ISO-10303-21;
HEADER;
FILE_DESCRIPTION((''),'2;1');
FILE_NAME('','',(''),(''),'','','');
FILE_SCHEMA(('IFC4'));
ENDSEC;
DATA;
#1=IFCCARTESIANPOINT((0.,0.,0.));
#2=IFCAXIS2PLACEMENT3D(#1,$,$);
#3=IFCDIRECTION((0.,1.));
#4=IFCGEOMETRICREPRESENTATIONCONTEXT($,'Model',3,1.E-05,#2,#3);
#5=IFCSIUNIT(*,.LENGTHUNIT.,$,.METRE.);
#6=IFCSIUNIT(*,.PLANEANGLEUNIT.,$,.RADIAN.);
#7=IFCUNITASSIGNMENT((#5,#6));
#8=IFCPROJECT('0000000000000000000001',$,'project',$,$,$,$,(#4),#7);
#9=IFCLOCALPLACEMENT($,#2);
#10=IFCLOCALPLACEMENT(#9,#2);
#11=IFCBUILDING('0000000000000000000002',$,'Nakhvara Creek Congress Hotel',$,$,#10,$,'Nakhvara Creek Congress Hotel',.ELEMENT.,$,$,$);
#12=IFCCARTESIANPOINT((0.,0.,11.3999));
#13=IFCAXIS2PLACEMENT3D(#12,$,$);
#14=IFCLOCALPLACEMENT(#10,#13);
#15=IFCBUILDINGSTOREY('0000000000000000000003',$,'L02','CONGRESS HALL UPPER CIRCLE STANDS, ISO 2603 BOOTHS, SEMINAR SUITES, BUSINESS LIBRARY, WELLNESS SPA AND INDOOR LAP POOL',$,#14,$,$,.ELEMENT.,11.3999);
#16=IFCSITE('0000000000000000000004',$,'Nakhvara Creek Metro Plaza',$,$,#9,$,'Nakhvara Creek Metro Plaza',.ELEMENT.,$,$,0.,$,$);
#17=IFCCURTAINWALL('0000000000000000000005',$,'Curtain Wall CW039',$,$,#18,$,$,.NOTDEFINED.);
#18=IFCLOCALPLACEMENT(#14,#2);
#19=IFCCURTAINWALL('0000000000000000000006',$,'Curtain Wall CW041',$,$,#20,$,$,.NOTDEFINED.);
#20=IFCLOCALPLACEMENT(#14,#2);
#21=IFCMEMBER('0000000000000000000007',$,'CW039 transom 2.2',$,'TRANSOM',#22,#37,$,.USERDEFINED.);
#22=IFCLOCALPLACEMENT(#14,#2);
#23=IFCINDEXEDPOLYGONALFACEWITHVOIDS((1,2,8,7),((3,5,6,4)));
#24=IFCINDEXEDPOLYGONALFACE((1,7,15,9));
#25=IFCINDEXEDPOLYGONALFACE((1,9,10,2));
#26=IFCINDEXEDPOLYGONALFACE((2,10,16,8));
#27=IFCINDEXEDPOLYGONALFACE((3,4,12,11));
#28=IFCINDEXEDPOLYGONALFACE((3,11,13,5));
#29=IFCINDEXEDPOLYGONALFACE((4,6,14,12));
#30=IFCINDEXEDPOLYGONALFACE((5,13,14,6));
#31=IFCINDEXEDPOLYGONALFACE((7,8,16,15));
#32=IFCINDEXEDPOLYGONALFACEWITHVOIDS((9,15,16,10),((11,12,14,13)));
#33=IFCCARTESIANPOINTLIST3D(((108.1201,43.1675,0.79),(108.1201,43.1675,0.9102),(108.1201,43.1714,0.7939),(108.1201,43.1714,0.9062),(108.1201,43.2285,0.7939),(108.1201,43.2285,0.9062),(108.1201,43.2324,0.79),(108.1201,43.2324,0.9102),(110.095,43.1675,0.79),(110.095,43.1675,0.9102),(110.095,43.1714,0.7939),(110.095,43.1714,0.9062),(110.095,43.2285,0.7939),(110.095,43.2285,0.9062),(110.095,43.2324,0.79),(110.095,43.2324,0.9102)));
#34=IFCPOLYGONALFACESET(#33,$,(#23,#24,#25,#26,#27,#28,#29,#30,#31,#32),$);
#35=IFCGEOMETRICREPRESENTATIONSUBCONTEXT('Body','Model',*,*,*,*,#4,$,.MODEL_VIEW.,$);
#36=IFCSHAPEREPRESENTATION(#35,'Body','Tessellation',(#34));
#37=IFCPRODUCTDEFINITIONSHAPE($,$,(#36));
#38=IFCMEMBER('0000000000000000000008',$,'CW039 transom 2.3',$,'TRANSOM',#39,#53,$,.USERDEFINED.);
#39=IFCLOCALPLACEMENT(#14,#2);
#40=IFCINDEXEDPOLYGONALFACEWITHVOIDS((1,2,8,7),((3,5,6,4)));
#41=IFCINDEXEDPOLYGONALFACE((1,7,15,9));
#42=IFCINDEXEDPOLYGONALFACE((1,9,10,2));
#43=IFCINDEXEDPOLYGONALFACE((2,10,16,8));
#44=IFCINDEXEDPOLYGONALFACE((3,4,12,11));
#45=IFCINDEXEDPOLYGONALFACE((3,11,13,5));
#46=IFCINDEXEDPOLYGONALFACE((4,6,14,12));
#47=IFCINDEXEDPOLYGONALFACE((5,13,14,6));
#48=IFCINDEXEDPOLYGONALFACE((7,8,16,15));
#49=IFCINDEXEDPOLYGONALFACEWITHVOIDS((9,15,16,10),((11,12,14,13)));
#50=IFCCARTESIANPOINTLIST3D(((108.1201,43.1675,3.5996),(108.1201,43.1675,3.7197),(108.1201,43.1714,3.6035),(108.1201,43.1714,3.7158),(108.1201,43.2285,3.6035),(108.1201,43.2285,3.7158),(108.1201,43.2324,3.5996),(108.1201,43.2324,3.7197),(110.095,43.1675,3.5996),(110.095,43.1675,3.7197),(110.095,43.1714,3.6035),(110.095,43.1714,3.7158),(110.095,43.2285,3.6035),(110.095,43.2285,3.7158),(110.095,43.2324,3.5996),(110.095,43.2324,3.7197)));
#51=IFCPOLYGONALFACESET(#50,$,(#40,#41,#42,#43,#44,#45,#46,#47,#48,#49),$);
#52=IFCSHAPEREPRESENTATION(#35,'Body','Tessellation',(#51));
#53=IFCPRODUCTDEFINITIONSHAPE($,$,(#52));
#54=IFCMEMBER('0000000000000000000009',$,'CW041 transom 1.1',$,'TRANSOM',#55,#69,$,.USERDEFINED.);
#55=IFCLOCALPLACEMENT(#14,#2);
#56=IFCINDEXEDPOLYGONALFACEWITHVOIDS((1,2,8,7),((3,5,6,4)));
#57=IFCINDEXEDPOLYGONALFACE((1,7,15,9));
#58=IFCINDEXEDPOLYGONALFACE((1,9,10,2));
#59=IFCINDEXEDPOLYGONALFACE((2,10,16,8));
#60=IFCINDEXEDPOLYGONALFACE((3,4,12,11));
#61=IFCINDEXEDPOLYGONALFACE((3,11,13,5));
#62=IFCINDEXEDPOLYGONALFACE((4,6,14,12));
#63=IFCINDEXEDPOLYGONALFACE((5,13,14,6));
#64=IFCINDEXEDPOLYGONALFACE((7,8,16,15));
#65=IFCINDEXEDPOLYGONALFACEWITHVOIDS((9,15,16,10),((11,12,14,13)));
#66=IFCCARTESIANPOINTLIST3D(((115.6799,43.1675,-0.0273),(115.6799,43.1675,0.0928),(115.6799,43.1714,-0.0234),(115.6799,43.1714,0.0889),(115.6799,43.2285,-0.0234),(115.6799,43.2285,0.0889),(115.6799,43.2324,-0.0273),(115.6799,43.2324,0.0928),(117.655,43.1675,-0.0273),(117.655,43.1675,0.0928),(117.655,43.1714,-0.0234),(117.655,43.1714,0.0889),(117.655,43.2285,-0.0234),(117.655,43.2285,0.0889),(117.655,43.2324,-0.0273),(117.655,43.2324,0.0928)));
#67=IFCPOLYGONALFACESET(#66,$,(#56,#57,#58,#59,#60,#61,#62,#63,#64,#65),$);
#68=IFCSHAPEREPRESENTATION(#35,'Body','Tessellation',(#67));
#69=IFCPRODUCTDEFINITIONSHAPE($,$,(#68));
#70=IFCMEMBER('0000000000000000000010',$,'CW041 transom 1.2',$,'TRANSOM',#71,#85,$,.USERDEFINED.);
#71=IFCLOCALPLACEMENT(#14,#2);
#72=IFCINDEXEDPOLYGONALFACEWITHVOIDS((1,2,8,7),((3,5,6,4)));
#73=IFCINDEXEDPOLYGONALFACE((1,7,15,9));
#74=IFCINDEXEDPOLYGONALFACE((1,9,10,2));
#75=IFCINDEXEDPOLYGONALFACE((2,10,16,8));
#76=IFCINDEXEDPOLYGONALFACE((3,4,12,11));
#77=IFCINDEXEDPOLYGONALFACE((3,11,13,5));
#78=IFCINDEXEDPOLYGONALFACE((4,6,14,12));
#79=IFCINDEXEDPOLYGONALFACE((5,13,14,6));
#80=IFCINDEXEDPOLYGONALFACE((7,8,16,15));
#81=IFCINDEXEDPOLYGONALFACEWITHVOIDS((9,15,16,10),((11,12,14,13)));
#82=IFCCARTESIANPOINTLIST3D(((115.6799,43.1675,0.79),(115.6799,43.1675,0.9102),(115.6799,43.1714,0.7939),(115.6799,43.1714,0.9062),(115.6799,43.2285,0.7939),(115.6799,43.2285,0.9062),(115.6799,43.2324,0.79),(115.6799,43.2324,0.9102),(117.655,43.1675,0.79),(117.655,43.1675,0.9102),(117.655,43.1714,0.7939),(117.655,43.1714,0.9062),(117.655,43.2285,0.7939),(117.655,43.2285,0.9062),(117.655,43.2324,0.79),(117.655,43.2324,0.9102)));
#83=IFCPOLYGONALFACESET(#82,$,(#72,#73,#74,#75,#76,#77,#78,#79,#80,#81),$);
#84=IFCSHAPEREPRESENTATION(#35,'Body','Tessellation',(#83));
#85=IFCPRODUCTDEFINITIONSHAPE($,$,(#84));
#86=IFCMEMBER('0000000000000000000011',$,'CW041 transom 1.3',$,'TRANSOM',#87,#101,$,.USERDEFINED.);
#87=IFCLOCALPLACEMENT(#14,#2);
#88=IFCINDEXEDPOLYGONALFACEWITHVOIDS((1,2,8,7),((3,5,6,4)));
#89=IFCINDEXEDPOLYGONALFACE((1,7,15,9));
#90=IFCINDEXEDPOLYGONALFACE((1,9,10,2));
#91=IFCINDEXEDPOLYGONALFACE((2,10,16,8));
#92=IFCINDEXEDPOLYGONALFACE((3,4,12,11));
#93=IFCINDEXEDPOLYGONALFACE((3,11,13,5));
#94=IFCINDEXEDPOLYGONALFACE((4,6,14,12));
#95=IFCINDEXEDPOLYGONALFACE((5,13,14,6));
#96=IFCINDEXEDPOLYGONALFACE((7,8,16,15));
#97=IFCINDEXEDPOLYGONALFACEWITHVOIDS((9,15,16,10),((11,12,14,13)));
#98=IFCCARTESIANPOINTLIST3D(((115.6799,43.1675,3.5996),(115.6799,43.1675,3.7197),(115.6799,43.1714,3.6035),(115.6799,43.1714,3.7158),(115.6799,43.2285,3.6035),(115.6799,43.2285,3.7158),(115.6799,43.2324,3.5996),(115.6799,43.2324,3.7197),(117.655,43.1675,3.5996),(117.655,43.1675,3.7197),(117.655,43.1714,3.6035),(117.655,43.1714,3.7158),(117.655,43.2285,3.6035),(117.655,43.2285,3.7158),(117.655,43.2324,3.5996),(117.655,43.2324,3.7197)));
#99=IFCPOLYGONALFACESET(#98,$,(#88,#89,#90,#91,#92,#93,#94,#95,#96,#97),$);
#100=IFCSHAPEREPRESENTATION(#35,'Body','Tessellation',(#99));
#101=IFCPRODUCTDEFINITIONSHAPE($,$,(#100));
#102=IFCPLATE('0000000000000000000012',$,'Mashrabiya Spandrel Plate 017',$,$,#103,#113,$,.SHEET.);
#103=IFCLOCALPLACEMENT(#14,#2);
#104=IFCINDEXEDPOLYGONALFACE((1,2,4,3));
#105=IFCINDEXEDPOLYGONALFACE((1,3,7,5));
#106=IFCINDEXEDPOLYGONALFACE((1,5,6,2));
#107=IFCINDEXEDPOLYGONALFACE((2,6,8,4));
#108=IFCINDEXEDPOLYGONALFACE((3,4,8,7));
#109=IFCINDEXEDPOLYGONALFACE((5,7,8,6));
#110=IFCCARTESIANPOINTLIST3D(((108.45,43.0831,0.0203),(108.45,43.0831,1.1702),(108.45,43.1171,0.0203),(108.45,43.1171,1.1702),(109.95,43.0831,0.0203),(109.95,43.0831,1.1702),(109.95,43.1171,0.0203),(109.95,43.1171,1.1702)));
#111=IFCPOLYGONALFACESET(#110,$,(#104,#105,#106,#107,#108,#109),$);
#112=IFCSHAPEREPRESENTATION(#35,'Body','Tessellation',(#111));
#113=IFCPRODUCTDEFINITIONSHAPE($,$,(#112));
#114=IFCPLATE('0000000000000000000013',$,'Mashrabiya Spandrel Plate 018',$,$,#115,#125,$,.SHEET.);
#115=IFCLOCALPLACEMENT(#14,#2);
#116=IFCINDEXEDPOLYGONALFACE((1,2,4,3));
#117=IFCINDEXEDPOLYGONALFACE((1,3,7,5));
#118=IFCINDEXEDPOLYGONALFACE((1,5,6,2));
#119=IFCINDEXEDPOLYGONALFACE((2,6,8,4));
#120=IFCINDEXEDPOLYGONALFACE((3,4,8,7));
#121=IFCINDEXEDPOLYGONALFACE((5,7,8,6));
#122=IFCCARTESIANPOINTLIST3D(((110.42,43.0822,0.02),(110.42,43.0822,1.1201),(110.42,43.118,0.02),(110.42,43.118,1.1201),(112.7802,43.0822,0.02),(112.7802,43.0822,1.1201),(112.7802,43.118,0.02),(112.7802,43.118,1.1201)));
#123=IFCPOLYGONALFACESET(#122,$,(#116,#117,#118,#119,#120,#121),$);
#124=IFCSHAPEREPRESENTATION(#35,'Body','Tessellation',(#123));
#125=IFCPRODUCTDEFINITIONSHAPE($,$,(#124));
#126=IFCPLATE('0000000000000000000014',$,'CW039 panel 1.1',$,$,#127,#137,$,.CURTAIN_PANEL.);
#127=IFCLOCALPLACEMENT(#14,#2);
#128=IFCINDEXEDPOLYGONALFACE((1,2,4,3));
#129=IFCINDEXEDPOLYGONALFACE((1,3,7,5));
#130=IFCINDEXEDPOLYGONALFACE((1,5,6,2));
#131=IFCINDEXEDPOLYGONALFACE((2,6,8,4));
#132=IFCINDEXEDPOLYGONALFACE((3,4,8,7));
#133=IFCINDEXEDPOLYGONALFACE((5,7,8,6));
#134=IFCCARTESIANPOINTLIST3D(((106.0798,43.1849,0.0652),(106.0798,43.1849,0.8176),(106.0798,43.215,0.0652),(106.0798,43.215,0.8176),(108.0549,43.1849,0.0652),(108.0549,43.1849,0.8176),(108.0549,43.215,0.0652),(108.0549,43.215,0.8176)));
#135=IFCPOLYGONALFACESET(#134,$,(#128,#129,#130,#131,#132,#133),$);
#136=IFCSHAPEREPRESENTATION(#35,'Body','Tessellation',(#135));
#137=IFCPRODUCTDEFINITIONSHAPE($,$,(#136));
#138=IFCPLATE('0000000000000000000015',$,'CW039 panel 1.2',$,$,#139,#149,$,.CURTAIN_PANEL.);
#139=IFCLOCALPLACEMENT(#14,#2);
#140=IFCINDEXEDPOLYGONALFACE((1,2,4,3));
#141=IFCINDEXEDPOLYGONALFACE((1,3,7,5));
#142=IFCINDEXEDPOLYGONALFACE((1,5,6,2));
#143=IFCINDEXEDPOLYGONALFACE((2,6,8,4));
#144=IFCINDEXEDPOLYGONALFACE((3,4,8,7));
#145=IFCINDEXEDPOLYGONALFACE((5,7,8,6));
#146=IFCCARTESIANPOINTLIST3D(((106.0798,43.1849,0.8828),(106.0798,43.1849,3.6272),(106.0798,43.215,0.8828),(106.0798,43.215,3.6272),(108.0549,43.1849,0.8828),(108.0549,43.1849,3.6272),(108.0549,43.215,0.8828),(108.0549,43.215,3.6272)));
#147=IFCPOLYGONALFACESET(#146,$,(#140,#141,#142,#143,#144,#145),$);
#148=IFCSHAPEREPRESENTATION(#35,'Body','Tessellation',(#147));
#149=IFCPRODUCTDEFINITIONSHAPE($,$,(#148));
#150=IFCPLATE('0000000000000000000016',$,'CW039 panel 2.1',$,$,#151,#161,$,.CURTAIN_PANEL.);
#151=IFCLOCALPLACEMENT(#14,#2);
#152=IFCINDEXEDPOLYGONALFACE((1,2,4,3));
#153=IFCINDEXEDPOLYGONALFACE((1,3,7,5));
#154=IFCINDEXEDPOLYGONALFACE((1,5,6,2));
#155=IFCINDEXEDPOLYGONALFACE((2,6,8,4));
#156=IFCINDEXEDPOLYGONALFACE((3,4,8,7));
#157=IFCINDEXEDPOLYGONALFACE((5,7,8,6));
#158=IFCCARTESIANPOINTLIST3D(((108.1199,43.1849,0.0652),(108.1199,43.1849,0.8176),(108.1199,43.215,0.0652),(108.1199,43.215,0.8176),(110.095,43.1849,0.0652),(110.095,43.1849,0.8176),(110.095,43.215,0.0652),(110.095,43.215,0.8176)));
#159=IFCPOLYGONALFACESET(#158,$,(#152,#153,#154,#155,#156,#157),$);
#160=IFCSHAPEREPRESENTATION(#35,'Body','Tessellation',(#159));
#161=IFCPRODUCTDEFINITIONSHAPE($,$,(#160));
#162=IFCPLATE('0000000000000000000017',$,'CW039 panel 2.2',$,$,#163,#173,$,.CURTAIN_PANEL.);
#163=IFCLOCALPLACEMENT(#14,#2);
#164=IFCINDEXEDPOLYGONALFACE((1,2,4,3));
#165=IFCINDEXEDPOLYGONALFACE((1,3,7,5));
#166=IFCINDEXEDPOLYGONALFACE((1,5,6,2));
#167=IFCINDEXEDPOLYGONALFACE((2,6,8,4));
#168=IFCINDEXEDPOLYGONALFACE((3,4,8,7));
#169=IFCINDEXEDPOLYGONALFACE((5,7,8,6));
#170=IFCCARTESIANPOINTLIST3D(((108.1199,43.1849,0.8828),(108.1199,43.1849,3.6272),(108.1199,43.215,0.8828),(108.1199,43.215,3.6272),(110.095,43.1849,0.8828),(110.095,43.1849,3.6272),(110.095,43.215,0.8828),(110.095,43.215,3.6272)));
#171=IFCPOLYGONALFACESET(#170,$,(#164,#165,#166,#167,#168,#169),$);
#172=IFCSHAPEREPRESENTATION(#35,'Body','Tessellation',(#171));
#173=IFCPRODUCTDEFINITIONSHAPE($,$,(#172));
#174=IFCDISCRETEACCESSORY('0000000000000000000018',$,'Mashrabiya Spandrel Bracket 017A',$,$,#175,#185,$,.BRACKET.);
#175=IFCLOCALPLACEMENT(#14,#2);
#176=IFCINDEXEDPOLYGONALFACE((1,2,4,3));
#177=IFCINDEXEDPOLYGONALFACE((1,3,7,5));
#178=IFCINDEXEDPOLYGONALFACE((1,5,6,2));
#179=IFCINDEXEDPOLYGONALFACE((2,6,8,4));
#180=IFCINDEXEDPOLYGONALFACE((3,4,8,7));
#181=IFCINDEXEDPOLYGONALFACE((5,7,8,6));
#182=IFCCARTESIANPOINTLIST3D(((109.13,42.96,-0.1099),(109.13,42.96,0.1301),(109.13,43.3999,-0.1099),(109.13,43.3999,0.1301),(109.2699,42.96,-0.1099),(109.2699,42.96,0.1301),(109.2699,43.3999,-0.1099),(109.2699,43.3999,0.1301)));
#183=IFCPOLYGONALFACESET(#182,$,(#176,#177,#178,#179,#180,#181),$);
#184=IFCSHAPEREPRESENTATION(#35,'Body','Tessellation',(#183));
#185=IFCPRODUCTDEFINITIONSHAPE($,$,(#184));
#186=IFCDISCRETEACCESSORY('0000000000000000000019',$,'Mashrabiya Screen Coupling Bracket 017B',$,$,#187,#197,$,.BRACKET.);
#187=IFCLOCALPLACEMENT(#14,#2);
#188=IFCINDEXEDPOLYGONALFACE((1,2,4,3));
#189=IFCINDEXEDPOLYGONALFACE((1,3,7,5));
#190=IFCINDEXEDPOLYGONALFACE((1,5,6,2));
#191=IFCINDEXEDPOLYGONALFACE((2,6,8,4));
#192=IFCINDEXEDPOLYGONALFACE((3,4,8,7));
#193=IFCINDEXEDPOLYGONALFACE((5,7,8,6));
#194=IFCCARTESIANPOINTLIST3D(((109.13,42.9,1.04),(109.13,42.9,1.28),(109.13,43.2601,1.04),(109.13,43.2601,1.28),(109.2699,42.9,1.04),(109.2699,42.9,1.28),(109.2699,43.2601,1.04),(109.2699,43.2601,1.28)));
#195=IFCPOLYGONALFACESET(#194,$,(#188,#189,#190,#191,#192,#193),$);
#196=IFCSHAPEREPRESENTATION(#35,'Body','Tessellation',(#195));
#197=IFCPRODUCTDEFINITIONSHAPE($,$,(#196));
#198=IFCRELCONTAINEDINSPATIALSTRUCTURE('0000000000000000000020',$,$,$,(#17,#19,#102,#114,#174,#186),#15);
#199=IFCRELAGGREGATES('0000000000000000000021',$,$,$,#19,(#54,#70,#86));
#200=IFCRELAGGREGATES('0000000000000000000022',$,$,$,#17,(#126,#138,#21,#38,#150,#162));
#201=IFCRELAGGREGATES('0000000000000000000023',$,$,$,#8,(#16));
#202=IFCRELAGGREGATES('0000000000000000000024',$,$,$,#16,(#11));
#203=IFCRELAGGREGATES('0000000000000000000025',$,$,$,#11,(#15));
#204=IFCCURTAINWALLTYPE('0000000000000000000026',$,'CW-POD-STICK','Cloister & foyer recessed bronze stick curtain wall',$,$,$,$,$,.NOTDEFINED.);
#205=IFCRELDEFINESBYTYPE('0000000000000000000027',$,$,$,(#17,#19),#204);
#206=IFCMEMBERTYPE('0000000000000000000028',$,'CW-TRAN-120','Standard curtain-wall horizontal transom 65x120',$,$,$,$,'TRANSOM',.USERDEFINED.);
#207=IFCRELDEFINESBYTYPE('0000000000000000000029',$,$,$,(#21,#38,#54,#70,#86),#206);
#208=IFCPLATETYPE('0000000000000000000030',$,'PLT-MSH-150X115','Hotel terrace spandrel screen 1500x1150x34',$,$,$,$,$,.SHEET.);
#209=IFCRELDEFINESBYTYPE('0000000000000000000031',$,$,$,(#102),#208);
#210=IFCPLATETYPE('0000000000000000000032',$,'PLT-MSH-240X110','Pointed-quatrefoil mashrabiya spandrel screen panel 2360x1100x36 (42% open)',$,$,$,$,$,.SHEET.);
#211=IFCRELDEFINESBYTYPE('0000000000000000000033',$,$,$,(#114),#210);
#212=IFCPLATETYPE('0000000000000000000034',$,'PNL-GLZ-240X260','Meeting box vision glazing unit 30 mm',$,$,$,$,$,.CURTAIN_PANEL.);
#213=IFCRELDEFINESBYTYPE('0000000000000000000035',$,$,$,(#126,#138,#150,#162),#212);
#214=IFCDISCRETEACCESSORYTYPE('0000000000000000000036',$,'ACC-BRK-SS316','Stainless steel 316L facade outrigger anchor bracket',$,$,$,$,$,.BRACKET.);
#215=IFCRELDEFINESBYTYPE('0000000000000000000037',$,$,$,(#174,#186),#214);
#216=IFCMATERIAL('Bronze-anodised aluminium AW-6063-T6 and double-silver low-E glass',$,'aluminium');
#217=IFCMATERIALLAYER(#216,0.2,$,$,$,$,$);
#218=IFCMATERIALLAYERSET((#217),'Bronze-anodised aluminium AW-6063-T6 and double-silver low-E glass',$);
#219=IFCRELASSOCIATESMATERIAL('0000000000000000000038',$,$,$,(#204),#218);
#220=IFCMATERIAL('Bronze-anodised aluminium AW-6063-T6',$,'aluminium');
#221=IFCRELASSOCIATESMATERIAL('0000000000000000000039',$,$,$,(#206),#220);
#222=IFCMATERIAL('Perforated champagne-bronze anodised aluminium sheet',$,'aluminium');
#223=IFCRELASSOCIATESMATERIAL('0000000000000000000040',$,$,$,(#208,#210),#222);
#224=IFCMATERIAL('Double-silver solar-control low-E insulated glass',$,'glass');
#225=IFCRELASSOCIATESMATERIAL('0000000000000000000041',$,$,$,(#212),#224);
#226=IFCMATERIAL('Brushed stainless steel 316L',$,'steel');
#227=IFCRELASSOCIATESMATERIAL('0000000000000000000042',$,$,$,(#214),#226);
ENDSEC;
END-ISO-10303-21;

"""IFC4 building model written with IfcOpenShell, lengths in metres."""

from ifc_helpers import new_model, si_unit, direction, frame, origin, origin_2d, place, context, subcontext, project, spatial, rectangle, hollow_rectangle, extrude, material, layer, layer_set, material_profile, profile_set, type_object, element, aggregate, save


model = new_model("IFC4")

# Units and contexts
model_context = context("Model", 3, precision=1e-05, world=origin(), true_north=direction((0.0, 1.0)))
body_context = subcontext(model_context, "Body", "Model", "MODEL_VIEW")
ifc_project = project(units=[si_unit("LENGTHUNIT", "METRE"), si_unit("PLANEANGLEUNIT", "RADIAN")], contexts=[model_context])

# Site, building, storey
site_placement = place(None, origin())
site = spatial("IfcSite", under=ifc_project, at=site_placement, Name="Nakhvara Creek Metro Plaza", LongName="Nakhvara Creek Metro Plaza", CompositionType="ELEMENT", RefElevation=0.0)
building_placement = place(site_placement, origin())
building = spatial("IfcBuilding", under=site, at=building_placement, Name="Nakhvara Creek Congress Hotel", LongName="Nakhvara Creek Congress Hotel", CompositionType="ELEMENT")
storey_placement = place(building_placement, frame((0.0, 0.0, 11.3999)))
storey = spatial("IfcBuildingStorey", under=building, at=storey_placement, Name="L02", Description="CONGRESS HALL UPPER CIRCLE STANDS, ISO 2603 BOOTHS, SEMINAR SUITES, BUSINESS LIBRARY, WELLNESS SPA AND INDOOR LAP POOL", CompositionType="ELEMENT", Elevation=11.3999)

# Curtain wall
ifc_material_1 = material(Name="Bronze-anodised aluminium AW-6063-T6 and double-silver low-E glass", Category="aluminium")
ifc_layer = layer(ifc_material_1, 0.2)
ifc_layer_set = layer_set([ifc_layer], Name="Bronze-anodised aluminium AW-6063-T6 and double-silver low-E glass")
curtain_wall_type = type_object("IfcCurtainWallType", Name="CW-POD-STICK", Description="Cloister & foyer recessed bronze stick curtain wall", PredefinedType="NOTDEFINED", material=ifc_layer_set)
curtain_wall_1_placement = place(storey_placement, origin())
curtain_wall_1 = element("IfcCurtainWall", 1, at=curtain_wall_1_placement, inside=storey, type_object=curtain_wall_type, Name="Curtain Wall CW039", PredefinedType="NOTDEFINED")
ifc_material_2 = material(Name="Bronze-anodised aluminium AW-6063-T6", Category="aluminium")

# Curtain wall
curtain_wall_2_placement = place(storey_placement, origin())
curtain_wall_2 = element("IfcCurtainWall", 2, at=curtain_wall_2_placement, inside=storey, type_object=curtain_wall_type, Name="Curtain Wall CW041", PredefinedType="NOTDEFINED")

# Members
ifc_material_profile_1 = material_profile(ifc_material_2, hollow_rectangle(XDim=0.0649, YDim=0.1201, WallThickness=0.0039, at=origin_2d()), Name="ALU-TRAN 65x120x4", Category="LoadBearing")
ifc_profile_set_1 = profile_set([ifc_material_profile_1], Name="Bronze-anodised aluminium AW-6063-T6")
member_type_1 = type_object("IfcMemberType", Name="CW-TRAN-120", Description="Standard curtain-wall horizontal transom 65x120", ElementType="TRANSOM", PredefinedType="USERDEFINED", material=ifc_profile_set_1)
member_1_placement = place(storey_placement, frame((108.1201, 43.2, 0.8501), z_axis=(1.0, 0.0, 0.0), x_axis=(0.0, 1.0, 0.0)))
member_1 = element("IfcMember", 3, at=member_1_placement, type_object=member_type_1, Name="CW039 transom 2.2", ObjectType="TRANSOM", PredefinedType="USERDEFINED", context=body_context, shape_type="SweptSolid", body=[
    extrude(hollow_rectangle(XDim=0.0649, YDim=0.1201, WallThickness=0.0039, at=origin_2d()), origin(), (0.0, 0.0, 1.0), 1.9749),
])
member_2_placement = place(storey_placement, frame((108.1201, 43.2, 3.6597), z_axis=(1.0, 0.0, 0.0), x_axis=(0.0, 1.0, 0.0)))
member_2 = element("IfcMember", 4, at=member_2_placement, type_object=member_type_1, Name="CW039 transom 2.3", ObjectType="TRANSOM", PredefinedType="USERDEFINED", context=body_context, shape_type="SweptSolid", body=[
    extrude(hollow_rectangle(XDim=0.0649, YDim=0.1201, WallThickness=0.0039, at=origin_2d()), origin(), (0.0, 0.0, 1.0), 1.9749),
])
member_3_placement = place(storey_placement, frame((115.6799, 43.2, 0.0327), z_axis=(1.0, 0.0, 0.0), x_axis=(0.0, 1.0, 0.0)))
member_3 = element("IfcMember", 5, at=member_3_placement, type_object=member_type_1, Name="CW041 transom 1.1", ObjectType="TRANSOM", PredefinedType="USERDEFINED", context=body_context, shape_type="SweptSolid", body=[
    extrude(hollow_rectangle(XDim=0.0649, YDim=0.1201, WallThickness=0.0039, at=origin_2d()), origin(), (0.0, 0.0, 1.0), 1.9751),
])
member_4_placement = place(storey_placement, frame((115.6799, 43.2, 0.8501), z_axis=(1.0, 0.0, 0.0), x_axis=(0.0, 1.0, 0.0)))
member_4 = element("IfcMember", 6, at=member_4_placement, type_object=member_type_1, Name="CW041 transom 1.2", ObjectType="TRANSOM", PredefinedType="USERDEFINED", context=body_context, shape_type="SweptSolid", body=[
    extrude(hollow_rectangle(XDim=0.0649, YDim=0.1201, WallThickness=0.0039, at=origin_2d()), origin(), (0.0, 0.0, 1.0), 1.9751),
])
member_5_placement = place(storey_placement, frame((115.6799, 43.2, 3.6597), z_axis=(1.0, 0.0, 0.0), x_axis=(0.0, 1.0, 0.0)))
member_5 = element("IfcMember", 7, at=member_5_placement, type_object=member_type_1, Name="CW041 transom 1.3", ObjectType="TRANSOM", PredefinedType="USERDEFINED", context=body_context, shape_type="SweptSolid", body=[
    extrude(hollow_rectangle(XDim=0.0649, YDim=0.1201, WallThickness=0.0039, at=origin_2d()), origin(), (0.0, 0.0, 1.0), 1.9751),
])
aggregate(curtain_wall_2, [member_3, member_4, member_5])

# Plates
ifc_material_3 = material(Name="Perforated champagne-bronze anodised aluminium sheet", Category="aluminium")
plate_type_1 = type_object("IfcPlateType", Name="PLT-MSH-150X115", Description="Hotel terrace spandrel screen 1500x1150x34", PredefinedType="SHEET", material=ifc_material_3)
plate_1_placement = place(storey_placement, frame((109.2, 43.1001, 0.0203), z_axis=(0.0, 0.0, 1.0), x_axis=(1.0, 0.0, 0.0)))
element("IfcPlate", 8, at=plate_1_placement, inside=storey, type_object=plate_type_1, Name="Mashrabiya Spandrel Plate 017", PredefinedType="SHEET", context=body_context, shape_type="SweptSolid", body=[
    extrude(rectangle(XDim=1.5, YDim=0.0339, at=origin_2d()), origin(), (0.0, 0.0, 1.0), 1.1499),
])
plate_type_2 = type_object("IfcPlateType", Name="PLT-MSH-240X110", Description="Pointed-quatrefoil mashrabiya spandrel screen panel 2360x1100x36 (42% open)", PredefinedType="SHEET", material=ifc_material_3)
plate_2_placement = place(storey_placement, frame((111.6001, 43.1001, 0.02), z_axis=(0.0, 0.0, 1.0), x_axis=(1.0, 0.0, 0.0)))
element("IfcPlate", 9, at=plate_2_placement, inside=storey, type_object=plate_type_2, Name="Mashrabiya Spandrel Plate 018", PredefinedType="SHEET", context=body_context, shape_type="SweptSolid", body=[
    extrude(rectangle(XDim=2.3601, YDim=0.0359, at=origin_2d()), origin(), (0.0, 0.0, 1.0), 1.1001),
])

# Plates
ifc_material_4 = material(Name="Double-silver solar-control low-E insulated glass", Category="glass")
plate_type_3 = type_object("IfcPlateType", Name="PNL-GLZ-240X260", Description="Meeting box vision glazing unit 30 mm", PredefinedType="CURTAIN_PANEL", material=ifc_material_4)
plate_3_placement = place(storey_placement, frame((107.0674, 43.2, 0.0652), z_axis=(0.0, 0.0, 1.0), x_axis=(1.0, 0.0, 0.0)))
plate_3 = element("IfcPlate", 10, at=plate_3_placement, type_object=plate_type_3, Name="CW039 panel 1.1", PredefinedType="CURTAIN_PANEL", context=body_context, shape_type="SweptSolid", body=[
    extrude(rectangle(XDim=1.9751, YDim=0.03, at=origin_2d()), origin(), (0.0, 0.0, 1.0), 0.7524),
])
plate_4_placement = place(storey_placement, frame((107.0674, 43.2, 0.8828), z_axis=(0.0, 0.0, 1.0), x_axis=(1.0, 0.0, 0.0)))
plate_4 = element("IfcPlate", 11, at=plate_4_placement, type_object=plate_type_3, Name="CW039 panel 1.2", PredefinedType="CURTAIN_PANEL", context=body_context, shape_type="SweptSolid", body=[
    extrude(rectangle(XDim=1.9751, YDim=0.03, at=origin_2d()), origin(), (0.0, 0.0, 1.0), 2.7444),
])
plate_5_placement = place(storey_placement, frame((109.1074, 43.2, 0.0652), z_axis=(0.0, 0.0, 1.0), x_axis=(1.0, 0.0, 0.0)))
plate_5 = element("IfcPlate", 12, at=plate_5_placement, type_object=plate_type_3, Name="CW039 panel 2.1", PredefinedType="CURTAIN_PANEL", context=body_context, shape_type="SweptSolid", body=[
    extrude(rectangle(XDim=1.9751, YDim=0.03, at=origin_2d()), origin(), (0.0, 0.0, 1.0), 0.7524),
])
plate_6_placement = place(storey_placement, frame((109.1074, 43.2, 0.8828), z_axis=(0.0, 0.0, 1.0), x_axis=(1.0, 0.0, 0.0)))
plate_6 = element("IfcPlate", 13, at=plate_6_placement, type_object=plate_type_3, Name="CW039 panel 2.2", PredefinedType="CURTAIN_PANEL", context=body_context, shape_type="SweptSolid", body=[
    extrude(rectangle(XDim=1.9751, YDim=0.03, at=origin_2d()), origin(), (0.0, 0.0, 1.0), 2.7444),
])
aggregate(curtain_wall_1, [plate_3, plate_4, member_1, member_2, plate_5, plate_6])

# Discrete accessories
ifc_material_5 = material(Name="Brushed stainless steel 316L", Category="steel")
discrete_accessory_type = type_object("IfcDiscreteAccessoryType", Name="ACC-BRK-SS316", Description="Stainless steel 316L facade outrigger anchor bracket", PredefinedType="BRACKET", material=ifc_material_5)
discrete_accessory_1_placement = place(storey_placement, frame((109.2, 43.1799, -0.1099), z_axis=(0.0, 0.0, 1.0), x_axis=(1.0, 0.0, 0.0)))
element("IfcDiscreteAccessory", 14, at=discrete_accessory_1_placement, inside=storey, type_object=discrete_accessory_type, Name="Mashrabiya Spandrel Bracket 017A", PredefinedType="BRACKET", context=body_context, shape_type="SweptSolid", body=[
    extrude(rectangle(XDim=0.1399, YDim=0.4399, at=origin_2d()), origin(), (0.0, 0.0, 1.0), 0.24),
])
discrete_accessory_2_placement = place(storey_placement, frame((109.2, 43.0801, 1.04), z_axis=(0.0, 0.0, 1.0), x_axis=(1.0, 0.0, 0.0)))
element("IfcDiscreteAccessory", 15, at=discrete_accessory_2_placement, inside=storey, type_object=discrete_accessory_type, Name="Mashrabiya Screen Coupling Bracket 017B", PredefinedType="BRACKET", context=body_context, shape_type="SweptSolid", body=[
    extrude(rectangle(XDim=0.1399, YDim=0.3601, at=origin_2d()), origin(), (0.0, 0.0, 1.0), 0.24),
])

save(model, "model.ifc")
